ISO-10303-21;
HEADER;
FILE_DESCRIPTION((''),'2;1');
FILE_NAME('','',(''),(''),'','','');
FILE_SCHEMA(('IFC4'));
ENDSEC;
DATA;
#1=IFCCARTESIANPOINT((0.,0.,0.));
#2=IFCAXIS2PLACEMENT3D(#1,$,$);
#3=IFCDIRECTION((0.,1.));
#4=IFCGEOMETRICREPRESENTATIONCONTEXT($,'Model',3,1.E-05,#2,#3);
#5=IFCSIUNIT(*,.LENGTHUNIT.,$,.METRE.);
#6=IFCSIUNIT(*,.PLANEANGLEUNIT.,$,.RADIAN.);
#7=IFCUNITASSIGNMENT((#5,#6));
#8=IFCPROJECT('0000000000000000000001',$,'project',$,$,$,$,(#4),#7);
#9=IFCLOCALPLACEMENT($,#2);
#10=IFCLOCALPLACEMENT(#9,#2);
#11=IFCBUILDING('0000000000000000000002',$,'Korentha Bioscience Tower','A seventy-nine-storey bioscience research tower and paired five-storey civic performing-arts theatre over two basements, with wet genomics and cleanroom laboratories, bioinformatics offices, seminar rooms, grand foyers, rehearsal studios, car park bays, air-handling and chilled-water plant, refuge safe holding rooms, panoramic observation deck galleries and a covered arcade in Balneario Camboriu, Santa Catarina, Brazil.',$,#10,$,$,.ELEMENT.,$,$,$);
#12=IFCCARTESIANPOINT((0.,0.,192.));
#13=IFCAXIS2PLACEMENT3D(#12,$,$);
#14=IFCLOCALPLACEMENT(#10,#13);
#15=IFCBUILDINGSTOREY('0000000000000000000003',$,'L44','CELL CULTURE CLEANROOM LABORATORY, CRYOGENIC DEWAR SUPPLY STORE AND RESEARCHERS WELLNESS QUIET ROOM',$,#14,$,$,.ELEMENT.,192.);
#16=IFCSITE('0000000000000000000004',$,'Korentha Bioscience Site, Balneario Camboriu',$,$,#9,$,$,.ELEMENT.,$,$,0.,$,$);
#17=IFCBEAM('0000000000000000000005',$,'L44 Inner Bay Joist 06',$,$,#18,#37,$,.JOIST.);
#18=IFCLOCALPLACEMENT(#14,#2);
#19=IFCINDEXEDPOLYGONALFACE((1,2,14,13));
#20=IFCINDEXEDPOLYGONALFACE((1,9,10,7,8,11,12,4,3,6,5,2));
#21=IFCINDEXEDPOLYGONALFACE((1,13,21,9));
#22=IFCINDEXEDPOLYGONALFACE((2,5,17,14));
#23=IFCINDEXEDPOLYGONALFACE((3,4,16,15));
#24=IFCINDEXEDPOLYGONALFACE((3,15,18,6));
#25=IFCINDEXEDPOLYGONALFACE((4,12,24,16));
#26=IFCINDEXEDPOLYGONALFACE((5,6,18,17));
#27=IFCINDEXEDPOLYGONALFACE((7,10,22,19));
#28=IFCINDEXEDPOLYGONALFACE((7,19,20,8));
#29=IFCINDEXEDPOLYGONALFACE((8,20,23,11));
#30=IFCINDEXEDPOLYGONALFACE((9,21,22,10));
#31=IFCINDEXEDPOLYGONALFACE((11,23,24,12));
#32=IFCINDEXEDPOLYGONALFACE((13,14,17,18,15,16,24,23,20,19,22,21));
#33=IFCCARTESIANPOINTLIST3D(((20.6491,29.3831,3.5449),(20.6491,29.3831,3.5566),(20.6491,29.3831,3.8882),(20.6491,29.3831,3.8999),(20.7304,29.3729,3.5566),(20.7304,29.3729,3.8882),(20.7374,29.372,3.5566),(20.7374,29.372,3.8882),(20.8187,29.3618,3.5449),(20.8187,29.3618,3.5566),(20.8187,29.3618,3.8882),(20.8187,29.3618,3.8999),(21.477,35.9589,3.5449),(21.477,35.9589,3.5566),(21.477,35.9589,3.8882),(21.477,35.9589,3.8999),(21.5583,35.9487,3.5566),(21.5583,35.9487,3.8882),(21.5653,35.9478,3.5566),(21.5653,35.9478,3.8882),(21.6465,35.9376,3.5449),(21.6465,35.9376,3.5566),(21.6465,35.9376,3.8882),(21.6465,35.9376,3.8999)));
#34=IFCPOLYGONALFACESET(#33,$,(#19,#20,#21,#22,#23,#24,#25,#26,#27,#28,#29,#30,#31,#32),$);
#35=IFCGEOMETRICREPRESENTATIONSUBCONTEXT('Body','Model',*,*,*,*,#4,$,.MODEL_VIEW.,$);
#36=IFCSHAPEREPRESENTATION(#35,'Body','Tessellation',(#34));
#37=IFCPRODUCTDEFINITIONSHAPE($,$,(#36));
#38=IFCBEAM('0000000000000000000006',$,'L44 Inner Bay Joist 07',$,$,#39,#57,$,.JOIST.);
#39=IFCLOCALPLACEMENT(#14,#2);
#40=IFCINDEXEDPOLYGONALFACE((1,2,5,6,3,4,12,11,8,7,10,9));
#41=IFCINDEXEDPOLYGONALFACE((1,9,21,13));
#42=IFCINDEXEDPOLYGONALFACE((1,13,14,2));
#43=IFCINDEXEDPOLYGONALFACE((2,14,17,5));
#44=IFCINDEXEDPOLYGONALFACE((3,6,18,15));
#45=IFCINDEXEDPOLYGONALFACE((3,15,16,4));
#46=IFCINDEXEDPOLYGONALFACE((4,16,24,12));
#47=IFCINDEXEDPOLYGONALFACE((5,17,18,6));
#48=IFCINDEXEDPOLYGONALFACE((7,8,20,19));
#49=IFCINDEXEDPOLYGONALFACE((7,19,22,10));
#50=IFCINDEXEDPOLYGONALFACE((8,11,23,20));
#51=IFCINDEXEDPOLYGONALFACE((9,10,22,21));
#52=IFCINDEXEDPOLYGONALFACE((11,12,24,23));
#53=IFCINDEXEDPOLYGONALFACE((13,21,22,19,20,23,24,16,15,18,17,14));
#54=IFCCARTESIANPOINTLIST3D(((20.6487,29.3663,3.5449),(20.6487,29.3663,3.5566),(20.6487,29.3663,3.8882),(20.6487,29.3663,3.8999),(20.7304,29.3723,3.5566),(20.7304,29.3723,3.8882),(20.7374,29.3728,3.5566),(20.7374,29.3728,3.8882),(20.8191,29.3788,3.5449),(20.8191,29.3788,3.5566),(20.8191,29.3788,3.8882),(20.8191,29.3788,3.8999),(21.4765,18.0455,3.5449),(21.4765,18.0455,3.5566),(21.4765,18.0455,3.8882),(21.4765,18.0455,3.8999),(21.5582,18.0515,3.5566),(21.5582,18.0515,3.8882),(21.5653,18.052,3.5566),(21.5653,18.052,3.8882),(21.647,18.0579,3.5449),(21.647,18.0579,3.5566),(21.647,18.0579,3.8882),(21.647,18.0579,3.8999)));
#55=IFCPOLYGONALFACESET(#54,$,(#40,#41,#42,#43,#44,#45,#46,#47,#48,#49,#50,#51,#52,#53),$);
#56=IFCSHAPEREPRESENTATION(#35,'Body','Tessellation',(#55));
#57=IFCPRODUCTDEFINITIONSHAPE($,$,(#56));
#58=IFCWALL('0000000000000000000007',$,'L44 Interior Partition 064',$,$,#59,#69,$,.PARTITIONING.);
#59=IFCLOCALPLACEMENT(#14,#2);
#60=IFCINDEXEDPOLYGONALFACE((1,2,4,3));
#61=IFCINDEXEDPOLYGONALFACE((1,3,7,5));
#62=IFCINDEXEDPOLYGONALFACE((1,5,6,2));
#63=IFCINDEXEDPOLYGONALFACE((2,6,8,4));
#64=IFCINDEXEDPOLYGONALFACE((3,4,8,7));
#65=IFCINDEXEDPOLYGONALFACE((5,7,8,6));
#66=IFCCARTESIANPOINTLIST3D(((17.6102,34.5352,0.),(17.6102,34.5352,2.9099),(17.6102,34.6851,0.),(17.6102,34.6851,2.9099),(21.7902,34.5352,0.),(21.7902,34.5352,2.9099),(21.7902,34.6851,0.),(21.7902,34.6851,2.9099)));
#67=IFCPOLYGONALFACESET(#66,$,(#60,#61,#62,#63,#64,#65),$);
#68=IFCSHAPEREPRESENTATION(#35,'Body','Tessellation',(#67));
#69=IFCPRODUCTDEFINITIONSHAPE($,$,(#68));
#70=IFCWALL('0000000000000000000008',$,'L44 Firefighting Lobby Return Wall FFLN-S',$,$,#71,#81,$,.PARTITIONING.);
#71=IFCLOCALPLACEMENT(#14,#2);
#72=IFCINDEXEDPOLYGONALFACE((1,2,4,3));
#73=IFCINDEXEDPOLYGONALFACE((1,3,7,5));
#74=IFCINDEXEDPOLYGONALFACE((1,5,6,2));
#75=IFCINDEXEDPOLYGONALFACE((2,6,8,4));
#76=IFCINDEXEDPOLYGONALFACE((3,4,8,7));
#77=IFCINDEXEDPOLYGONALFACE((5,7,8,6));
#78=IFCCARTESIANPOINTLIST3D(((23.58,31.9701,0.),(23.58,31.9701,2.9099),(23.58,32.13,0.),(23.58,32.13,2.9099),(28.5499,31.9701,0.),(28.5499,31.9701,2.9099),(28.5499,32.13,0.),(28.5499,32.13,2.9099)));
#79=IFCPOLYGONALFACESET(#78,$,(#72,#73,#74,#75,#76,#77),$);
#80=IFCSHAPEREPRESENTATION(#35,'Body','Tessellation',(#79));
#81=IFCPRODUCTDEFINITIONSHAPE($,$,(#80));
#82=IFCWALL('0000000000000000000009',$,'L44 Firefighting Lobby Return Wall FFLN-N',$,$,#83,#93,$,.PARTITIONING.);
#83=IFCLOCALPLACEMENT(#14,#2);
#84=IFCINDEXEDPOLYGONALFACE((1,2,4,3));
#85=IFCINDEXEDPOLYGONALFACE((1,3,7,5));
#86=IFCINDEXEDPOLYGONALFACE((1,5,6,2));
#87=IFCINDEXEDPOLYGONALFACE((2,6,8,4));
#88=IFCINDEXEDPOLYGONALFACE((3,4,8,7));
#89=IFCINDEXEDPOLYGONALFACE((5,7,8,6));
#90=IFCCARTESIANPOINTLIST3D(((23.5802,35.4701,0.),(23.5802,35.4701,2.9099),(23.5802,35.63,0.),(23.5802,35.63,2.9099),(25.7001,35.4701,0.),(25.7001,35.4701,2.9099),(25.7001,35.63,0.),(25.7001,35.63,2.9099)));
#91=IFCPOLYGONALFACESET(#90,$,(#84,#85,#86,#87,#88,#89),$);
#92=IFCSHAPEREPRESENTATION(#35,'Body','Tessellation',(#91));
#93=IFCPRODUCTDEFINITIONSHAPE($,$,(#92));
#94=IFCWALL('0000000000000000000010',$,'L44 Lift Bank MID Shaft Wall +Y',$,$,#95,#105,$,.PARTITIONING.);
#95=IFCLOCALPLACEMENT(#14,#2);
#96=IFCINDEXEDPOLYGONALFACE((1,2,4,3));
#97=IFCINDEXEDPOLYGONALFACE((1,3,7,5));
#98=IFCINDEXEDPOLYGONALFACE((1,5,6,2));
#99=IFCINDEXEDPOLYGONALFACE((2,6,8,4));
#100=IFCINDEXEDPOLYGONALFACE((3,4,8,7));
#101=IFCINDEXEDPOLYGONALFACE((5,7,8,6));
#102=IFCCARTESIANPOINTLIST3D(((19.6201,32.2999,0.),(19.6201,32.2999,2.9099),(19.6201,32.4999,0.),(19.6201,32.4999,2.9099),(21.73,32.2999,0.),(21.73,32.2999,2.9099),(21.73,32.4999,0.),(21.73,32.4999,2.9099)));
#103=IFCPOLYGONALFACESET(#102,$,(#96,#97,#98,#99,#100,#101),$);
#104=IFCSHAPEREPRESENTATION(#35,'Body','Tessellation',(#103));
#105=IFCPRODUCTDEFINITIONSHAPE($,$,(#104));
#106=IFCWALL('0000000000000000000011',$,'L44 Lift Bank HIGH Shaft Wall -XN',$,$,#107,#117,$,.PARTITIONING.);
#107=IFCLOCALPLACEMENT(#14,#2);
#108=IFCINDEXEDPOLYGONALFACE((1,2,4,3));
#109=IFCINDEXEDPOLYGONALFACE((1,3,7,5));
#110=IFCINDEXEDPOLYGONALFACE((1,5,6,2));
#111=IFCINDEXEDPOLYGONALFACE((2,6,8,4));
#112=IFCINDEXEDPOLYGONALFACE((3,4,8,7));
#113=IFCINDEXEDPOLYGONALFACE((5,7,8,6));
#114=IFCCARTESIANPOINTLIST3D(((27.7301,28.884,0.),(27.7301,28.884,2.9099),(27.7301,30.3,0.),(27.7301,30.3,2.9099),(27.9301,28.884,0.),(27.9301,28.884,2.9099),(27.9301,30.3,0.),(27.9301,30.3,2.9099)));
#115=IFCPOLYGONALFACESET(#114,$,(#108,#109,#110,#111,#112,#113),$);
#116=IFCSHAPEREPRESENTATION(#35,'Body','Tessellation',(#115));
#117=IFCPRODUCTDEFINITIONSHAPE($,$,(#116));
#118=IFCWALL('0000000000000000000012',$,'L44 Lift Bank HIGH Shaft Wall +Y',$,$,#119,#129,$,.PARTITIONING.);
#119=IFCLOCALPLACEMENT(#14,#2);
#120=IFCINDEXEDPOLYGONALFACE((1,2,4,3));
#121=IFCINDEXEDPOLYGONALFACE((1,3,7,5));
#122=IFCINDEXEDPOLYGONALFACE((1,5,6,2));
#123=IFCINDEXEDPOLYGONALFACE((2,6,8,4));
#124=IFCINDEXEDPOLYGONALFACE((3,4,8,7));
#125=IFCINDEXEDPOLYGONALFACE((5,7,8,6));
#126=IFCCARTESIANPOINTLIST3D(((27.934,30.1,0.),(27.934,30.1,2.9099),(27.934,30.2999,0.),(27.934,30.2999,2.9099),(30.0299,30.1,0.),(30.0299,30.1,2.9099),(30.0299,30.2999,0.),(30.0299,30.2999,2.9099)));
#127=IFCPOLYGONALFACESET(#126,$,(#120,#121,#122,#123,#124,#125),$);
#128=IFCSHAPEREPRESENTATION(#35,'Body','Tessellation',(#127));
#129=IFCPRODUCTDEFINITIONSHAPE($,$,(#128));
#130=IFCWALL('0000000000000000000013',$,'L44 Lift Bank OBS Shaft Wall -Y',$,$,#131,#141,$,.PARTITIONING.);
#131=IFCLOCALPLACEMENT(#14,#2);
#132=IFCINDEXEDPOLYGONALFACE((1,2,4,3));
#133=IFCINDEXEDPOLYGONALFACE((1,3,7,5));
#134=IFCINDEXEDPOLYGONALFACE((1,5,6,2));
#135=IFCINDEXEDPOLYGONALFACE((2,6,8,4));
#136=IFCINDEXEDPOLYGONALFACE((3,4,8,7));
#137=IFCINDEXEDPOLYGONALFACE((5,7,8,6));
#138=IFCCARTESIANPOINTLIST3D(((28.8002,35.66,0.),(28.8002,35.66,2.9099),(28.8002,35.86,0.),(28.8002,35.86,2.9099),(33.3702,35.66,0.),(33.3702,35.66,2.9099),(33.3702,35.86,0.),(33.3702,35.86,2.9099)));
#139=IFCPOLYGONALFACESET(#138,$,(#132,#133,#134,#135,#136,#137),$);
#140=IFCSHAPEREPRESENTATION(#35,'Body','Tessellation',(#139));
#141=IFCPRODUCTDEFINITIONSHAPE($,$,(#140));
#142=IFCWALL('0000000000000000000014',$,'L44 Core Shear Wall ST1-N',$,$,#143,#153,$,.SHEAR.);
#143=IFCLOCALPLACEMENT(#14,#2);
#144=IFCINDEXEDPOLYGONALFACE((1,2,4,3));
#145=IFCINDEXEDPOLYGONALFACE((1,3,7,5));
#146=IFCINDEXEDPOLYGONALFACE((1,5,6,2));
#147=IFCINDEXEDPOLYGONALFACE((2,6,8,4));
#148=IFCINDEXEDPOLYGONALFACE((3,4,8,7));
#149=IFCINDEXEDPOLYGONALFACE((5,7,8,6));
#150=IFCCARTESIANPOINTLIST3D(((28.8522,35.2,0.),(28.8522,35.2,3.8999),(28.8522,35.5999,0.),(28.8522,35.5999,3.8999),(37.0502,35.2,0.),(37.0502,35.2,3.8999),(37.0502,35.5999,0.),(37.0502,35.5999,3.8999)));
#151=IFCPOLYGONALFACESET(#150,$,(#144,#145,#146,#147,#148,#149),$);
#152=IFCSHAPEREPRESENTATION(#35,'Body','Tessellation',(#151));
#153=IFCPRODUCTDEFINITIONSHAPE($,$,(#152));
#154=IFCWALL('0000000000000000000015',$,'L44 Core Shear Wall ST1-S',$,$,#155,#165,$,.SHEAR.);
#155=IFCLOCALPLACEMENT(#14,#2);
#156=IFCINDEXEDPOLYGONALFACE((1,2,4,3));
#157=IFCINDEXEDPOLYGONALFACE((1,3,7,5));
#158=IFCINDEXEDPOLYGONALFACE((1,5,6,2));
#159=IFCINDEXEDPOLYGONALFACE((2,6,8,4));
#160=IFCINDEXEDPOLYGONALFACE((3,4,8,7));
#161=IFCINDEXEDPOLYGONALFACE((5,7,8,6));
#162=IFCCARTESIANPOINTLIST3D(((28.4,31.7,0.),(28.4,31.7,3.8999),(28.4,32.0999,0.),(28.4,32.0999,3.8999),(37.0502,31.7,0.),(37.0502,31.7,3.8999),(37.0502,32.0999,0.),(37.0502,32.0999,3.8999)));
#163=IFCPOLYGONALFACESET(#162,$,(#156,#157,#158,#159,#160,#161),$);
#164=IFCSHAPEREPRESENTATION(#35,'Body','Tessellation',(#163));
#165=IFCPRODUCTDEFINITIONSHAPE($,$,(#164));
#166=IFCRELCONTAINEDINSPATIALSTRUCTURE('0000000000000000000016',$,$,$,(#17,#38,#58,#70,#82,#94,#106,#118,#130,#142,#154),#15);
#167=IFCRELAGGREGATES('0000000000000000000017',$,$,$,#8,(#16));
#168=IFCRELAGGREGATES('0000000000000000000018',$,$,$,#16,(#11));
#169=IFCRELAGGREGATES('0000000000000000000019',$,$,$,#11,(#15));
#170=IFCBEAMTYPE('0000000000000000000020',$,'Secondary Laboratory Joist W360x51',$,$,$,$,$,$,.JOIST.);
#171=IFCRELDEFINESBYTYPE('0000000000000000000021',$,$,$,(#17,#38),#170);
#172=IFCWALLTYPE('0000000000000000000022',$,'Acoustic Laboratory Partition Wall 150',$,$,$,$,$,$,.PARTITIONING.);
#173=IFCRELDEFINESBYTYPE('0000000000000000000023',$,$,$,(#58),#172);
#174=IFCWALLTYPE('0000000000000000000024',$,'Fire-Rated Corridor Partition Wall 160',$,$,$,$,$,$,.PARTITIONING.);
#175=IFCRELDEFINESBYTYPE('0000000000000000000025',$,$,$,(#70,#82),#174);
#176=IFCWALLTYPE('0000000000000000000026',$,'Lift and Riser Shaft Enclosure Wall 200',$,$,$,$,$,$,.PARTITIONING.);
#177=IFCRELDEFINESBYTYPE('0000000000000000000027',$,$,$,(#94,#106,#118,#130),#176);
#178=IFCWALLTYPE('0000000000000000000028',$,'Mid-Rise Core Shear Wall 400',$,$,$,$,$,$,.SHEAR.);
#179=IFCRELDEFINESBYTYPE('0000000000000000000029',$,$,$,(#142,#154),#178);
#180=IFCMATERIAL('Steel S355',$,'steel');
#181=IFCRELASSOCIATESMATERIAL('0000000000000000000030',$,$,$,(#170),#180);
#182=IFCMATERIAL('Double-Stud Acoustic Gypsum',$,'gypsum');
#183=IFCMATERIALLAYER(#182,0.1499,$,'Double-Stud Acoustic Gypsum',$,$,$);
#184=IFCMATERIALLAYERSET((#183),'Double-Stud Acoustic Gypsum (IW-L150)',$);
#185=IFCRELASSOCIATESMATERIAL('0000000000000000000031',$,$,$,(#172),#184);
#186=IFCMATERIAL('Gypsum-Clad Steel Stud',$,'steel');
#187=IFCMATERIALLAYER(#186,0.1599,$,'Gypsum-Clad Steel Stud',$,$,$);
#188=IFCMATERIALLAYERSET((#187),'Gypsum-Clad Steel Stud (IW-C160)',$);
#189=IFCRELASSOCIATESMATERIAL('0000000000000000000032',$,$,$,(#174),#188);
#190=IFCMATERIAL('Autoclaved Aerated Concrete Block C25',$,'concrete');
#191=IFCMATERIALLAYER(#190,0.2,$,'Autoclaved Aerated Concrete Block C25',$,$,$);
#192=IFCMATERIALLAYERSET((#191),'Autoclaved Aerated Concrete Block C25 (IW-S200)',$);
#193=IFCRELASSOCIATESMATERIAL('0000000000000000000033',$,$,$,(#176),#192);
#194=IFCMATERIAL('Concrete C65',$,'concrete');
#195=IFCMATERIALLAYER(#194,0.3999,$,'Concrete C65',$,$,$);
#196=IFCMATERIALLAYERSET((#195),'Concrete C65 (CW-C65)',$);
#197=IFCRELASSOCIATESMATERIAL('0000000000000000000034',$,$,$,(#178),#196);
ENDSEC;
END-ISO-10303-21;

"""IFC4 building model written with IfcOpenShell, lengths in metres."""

from ifc_helpers import new_model, si_unit, direction, frame, frame_2d, origin, origin_2d, place, context, subcontext, project, spatial, rectangle, i_section, extrude, material, layer, layer_set, material_profile, profile_set, type_object, element, save


model = new_model("IFC4")

# Units and contexts
model_context = context("Model", 3, precision=1e-05, world=origin(), true_north=direction((0.0, 1.0)))
body_context = subcontext(model_context, "Body", "Model", "MODEL_VIEW")
ifc_project = project(units=[si_unit("LENGTHUNIT", "METRE"), si_unit("PLANEANGLEUNIT", "RADIAN")], contexts=[model_context])

# Site, building, storey
site_placement = place(None, origin())
site = spatial("IfcSite", under=ifc_project, at=site_placement, Name="Korentha Bioscience Site, Balneario Camboriu", CompositionType="ELEMENT", RefElevation=0.0)
building_placement = place(site_placement, origin())
building = spatial("IfcBuilding", under=site, at=building_placement, Name="Korentha Bioscience Tower", Description="A seventy-nine-storey bioscience research tower and paired five-storey civic performing-arts theatre over two basements, with wet genomics and cleanroom laboratories, bioinformatics offices, seminar rooms, grand foyers, rehearsal studios, car park bays, air-handling and chilled-water plant, refuge safe holding rooms, panoramic observation deck galleries and a covered arcade in Balneario Camboriu, Santa Catarina, Brazil.", CompositionType="ELEMENT")
storey_placement = place(building_placement, frame((0.0, 0.0, 192.0)))
storey = spatial("IfcBuildingStorey", under=building, at=storey_placement, Name="L44", Description="CELL CULTURE CLEANROOM LABORATORY, CRYOGENIC DEWAR SUPPLY STORE AND RESEARCHERS WELLNESS QUIET ROOM", CompositionType="ELEMENT", Elevation=192.0)

# Shared definitions
ifc_material_1 = material(Name="Concrete C65", Category="concrete")

# Beams
ifc_material_2 = material(Name="Steel S355", Category="steel")
ifc_material_profile_1 = material_profile(ifc_material_2, i_section(OverallWidth=0.1709, OverallDepth=0.355, WebThickness=0.0071, FlangeThickness=0.0117, at=origin_2d()), Name="Steel S355")
ifc_profile_set_1 = profile_set([ifc_material_profile_1], Name="Steel S355 (JB-360)")
beam_type_1 = type_object("IfcBeamType", Name="Secondary Laboratory Joist W360x51", PredefinedType="JOIST", material=ifc_profile_set_1)
beam_1_placement = place(storey_placement, frame((21.5618, 35.9482, 3.7224), z_axis=(-0.124914, -0.992168, 0.0), x_axis=(0.992168, -0.124914, 0.0)))
element("IfcBeam", 1, at=beam_1_placement, inside=storey, type_object=beam_type_1, Name="L44 Inner Bay Joist 06", PredefinedType="JOIST", context=body_context, shape_type="SweptSolid", body=[
    extrude(i_section(OverallWidth=0.1709, OverallDepth=0.355, WebThickness=0.0071, FlangeThickness=0.0117, at=origin_2d()), origin(), (0.0, 0.0, 1.0), 6.6277),
])
beam_2_placement = place(storey_placement, frame((20.7339, 29.3726, 3.7224), z_axis=(0.072934, -0.997337, 0.0), x_axis=(0.997337, 0.072934, 0.0)))
element("IfcBeam", 2, at=beam_2_placement, inside=storey, type_object=beam_type_1, Name="L44 Inner Bay Joist 07", PredefinedType="JOIST", context=body_context, shape_type="SweptSolid", body=[
    extrude(i_section(OverallWidth=0.1709, OverallDepth=0.355, WebThickness=0.0071, FlangeThickness=0.0117, at=origin_2d()), origin(), (0.0, 0.0, 1.0), 11.3511),
])

# Wall
ifc_material_3 = material(Name="Double-Stud Acoustic Gypsum", Category="gypsum")
ifc_layer_1 = layer(ifc_material_3, 0.1499, Name="Double-Stud Acoustic Gypsum")
ifc_layer_set_1 = layer_set([ifc_layer_1], Name="Double-Stud Acoustic Gypsum (IW-L150)")
wall_type_1 = type_object("IfcWallType", Name="Acoustic Laboratory Partition Wall 150", PredefinedType="PARTITIONING", material=ifc_layer_set_1)
wall_1_placement = place(storey_placement, frame((21.79, 34.6101, 0.0), z_axis=(0.0, 0.0, 1.0), x_axis=(-1.0, 0.0, 0.0)))
element("IfcWall", 3, at=wall_1_placement, inside=storey, type_object=wall_type_1, Name="L44 Interior Partition 064", PredefinedType="PARTITIONING", context=body_context, shape_type="SweptSolid", body=[
    extrude(rectangle(XDim=4.1799, YDim=0.1499, at=frame_2d((2.0898, 0.0))), origin(), (0.0, 0.0, 1.0), 2.9099),
])

# Shared definitions
ifc_material_4 = material(Name="Gypsum-Clad Steel Stud", Category="steel")
ifc_layer_2 = layer(ifc_material_4, 0.1599, Name="Gypsum-Clad Steel Stud")
ifc_layer_set_2 = layer_set([ifc_layer_2], Name="Gypsum-Clad Steel Stud (IW-C160)")
wall_type_2 = type_object("IfcWallType", Name="Fire-Rated Corridor Partition Wall 160", PredefinedType="PARTITIONING", material=ifc_layer_set_2)

# Walls
wall_2_placement = place(storey_placement, frame((23.5801, 32.05, 0.0), z_axis=(0.0, 0.0, 1.0), x_axis=(1.0, 0.0, 0.0)))
element("IfcWall", 4, at=wall_2_placement, inside=storey, type_object=wall_type_2, Name="L44 Firefighting Lobby Return Wall FFLN-S", PredefinedType="PARTITIONING", context=body_context, shape_type="SweptSolid", body=[
    extrude(rectangle(XDim=4.97, YDim=0.1599, at=frame_2d((2.4849, 0.0))), origin(), (0.0, 0.0, 1.0), 2.9099),
])
wall_3_placement = place(storey_placement, frame((23.5801, 35.55, 0.0), z_axis=(0.0, 0.0, 1.0), x_axis=(1.0, 0.0, 0.0)))
element("IfcWall", 5, at=wall_3_placement, inside=storey, type_object=wall_type_2, Name="L44 Firefighting Lobby Return Wall FFLN-N", PredefinedType="PARTITIONING", context=body_context, shape_type="SweptSolid", body=[
    extrude(rectangle(XDim=2.1199, YDim=0.1599, at=frame_2d((1.0601, 0.0))), origin(), (0.0, 0.0, 1.0), 2.9099),
])
ifc_material_5 = material(Name="Autoclaved Aerated Concrete Block C25", Category="concrete")
ifc_layer_3 = layer(ifc_material_5, 0.2, Name="Autoclaved Aerated Concrete Block C25")
ifc_layer_set_3 = layer_set([ifc_layer_3], Name="Autoclaved Aerated Concrete Block C25 (IW-S200)")
wall_type_3 = type_object("IfcWallType", Name="Lift and Riser Shaft Enclosure Wall 200", PredefinedType="PARTITIONING", material=ifc_layer_set_3)
wall_4_placement = place(storey_placement, frame((19.6201, 32.3999, 0.0), z_axis=(0.0, 0.0, 1.0), x_axis=(1.0, 0.0, 0.0)))
element("IfcWall", 6, at=wall_4_placement, inside=storey, type_object=wall_type_3, Name="L44 Lift Bank MID Shaft Wall +Y", PredefinedType="PARTITIONING", context=body_context, shape_type="SweptSolid", body=[
    extrude(rectangle(XDim=2.1099, YDim=0.2, at=frame_2d((1.0549, 0.0))), origin(), (0.0, 0.0, 1.0), 2.9099),
])
wall_5_placement = place(storey_placement, frame((27.8301, 28.884, 0.0), z_axis=(0.0, 0.0, 1.0), x_axis=(0.0, 1.0, 0.0)))
element("IfcWall", 7, at=wall_5_placement, inside=storey, type_object=wall_type_3, Name="L44 Lift Bank HIGH Shaft Wall -XN", PredefinedType="PARTITIONING", context=body_context, shape_type="SweptSolid", body=[
    extrude(rectangle(XDim=1.416, YDim=0.2, at=frame_2d((0.708, 0.0))), origin(), (0.0, 0.0, 1.0), 2.9099),
])
wall_6_placement = place(storey_placement, frame((27.9341, 30.2, 0.0), z_axis=(0.0, 0.0, 1.0), x_axis=(1.0, 0.0, 0.0)))
element("IfcWall", 8, at=wall_6_placement, inside=storey, type_object=wall_type_3, Name="L44 Lift Bank HIGH Shaft Wall +Y", PredefinedType="PARTITIONING", context=body_context, shape_type="SweptSolid", body=[
    extrude(rectangle(XDim=2.0959, YDim=0.2, at=frame_2d((1.0479, 0.0))), origin(), (0.0, 0.0, 1.0), 2.9099),
])
wall_7_placement = place(storey_placement, frame((28.8, 35.76, 0.0), z_axis=(0.0, 0.0, 1.0), x_axis=(1.0, 0.0, 0.0)))
element("IfcWall", 9, at=wall_7_placement, inside=storey, type_object=wall_type_3, Name="L44 Lift Bank OBS Shaft Wall -Y", PredefinedType="PARTITIONING", context=body_context, shape_type="SweptSolid", body=[
    extrude(rectangle(XDim=4.5701, YDim=0.2, at=frame_2d((2.2852, 0.0))), origin(), (0.0, 0.0, 1.0), 2.9099),
])
ifc_layer_4 = layer(ifc_material_1, 0.3999, Name="Concrete C65")
ifc_layer_set_4 = layer_set([ifc_layer_4], Name="Concrete C65 (CW-C65)")
wall_type_4 = type_object("IfcWallType", Name="Mid-Rise Core Shear Wall 400", PredefinedType="SHEAR", material=ifc_layer_set_4)
wall_8_placement = place(storey_placement, frame((28.8521, 35.3999, 0.0), z_axis=(0.0, 0.0, 1.0), x_axis=(1.0, 0.0, 0.0)))
element("IfcWall", 10, at=wall_8_placement, inside=storey, type_object=wall_type_4, Name="L44 Core Shear Wall ST1-N", PredefinedType="SHEAR", context=body_context, shape_type="SweptSolid", body=[
    extrude(rectangle(XDim=8.198, YDim=0.3999, at=frame_2d((4.0991, 0.0))), origin(), (0.0, 0.0, 1.0), 3.8999),
])
wall_9_placement = place(storey_placement, frame((28.3999, 31.8999, 0.0), z_axis=(0.0, 0.0, 1.0), x_axis=(1.0, 0.0, 0.0)))
element("IfcWall", 11, at=wall_9_placement, inside=storey, type_object=wall_type_4, Name="L44 Core Shear Wall ST1-S", PredefinedType="SHEAR", context=body_context, shape_type="SweptSolid", body=[
    extrude(rectangle(XDim=8.6501, YDim=0.3999, at=frame_2d((4.3252, 0.0))), origin(), (0.0, 0.0, 1.0), 3.8999),
])

save(model, "model.ifc")
